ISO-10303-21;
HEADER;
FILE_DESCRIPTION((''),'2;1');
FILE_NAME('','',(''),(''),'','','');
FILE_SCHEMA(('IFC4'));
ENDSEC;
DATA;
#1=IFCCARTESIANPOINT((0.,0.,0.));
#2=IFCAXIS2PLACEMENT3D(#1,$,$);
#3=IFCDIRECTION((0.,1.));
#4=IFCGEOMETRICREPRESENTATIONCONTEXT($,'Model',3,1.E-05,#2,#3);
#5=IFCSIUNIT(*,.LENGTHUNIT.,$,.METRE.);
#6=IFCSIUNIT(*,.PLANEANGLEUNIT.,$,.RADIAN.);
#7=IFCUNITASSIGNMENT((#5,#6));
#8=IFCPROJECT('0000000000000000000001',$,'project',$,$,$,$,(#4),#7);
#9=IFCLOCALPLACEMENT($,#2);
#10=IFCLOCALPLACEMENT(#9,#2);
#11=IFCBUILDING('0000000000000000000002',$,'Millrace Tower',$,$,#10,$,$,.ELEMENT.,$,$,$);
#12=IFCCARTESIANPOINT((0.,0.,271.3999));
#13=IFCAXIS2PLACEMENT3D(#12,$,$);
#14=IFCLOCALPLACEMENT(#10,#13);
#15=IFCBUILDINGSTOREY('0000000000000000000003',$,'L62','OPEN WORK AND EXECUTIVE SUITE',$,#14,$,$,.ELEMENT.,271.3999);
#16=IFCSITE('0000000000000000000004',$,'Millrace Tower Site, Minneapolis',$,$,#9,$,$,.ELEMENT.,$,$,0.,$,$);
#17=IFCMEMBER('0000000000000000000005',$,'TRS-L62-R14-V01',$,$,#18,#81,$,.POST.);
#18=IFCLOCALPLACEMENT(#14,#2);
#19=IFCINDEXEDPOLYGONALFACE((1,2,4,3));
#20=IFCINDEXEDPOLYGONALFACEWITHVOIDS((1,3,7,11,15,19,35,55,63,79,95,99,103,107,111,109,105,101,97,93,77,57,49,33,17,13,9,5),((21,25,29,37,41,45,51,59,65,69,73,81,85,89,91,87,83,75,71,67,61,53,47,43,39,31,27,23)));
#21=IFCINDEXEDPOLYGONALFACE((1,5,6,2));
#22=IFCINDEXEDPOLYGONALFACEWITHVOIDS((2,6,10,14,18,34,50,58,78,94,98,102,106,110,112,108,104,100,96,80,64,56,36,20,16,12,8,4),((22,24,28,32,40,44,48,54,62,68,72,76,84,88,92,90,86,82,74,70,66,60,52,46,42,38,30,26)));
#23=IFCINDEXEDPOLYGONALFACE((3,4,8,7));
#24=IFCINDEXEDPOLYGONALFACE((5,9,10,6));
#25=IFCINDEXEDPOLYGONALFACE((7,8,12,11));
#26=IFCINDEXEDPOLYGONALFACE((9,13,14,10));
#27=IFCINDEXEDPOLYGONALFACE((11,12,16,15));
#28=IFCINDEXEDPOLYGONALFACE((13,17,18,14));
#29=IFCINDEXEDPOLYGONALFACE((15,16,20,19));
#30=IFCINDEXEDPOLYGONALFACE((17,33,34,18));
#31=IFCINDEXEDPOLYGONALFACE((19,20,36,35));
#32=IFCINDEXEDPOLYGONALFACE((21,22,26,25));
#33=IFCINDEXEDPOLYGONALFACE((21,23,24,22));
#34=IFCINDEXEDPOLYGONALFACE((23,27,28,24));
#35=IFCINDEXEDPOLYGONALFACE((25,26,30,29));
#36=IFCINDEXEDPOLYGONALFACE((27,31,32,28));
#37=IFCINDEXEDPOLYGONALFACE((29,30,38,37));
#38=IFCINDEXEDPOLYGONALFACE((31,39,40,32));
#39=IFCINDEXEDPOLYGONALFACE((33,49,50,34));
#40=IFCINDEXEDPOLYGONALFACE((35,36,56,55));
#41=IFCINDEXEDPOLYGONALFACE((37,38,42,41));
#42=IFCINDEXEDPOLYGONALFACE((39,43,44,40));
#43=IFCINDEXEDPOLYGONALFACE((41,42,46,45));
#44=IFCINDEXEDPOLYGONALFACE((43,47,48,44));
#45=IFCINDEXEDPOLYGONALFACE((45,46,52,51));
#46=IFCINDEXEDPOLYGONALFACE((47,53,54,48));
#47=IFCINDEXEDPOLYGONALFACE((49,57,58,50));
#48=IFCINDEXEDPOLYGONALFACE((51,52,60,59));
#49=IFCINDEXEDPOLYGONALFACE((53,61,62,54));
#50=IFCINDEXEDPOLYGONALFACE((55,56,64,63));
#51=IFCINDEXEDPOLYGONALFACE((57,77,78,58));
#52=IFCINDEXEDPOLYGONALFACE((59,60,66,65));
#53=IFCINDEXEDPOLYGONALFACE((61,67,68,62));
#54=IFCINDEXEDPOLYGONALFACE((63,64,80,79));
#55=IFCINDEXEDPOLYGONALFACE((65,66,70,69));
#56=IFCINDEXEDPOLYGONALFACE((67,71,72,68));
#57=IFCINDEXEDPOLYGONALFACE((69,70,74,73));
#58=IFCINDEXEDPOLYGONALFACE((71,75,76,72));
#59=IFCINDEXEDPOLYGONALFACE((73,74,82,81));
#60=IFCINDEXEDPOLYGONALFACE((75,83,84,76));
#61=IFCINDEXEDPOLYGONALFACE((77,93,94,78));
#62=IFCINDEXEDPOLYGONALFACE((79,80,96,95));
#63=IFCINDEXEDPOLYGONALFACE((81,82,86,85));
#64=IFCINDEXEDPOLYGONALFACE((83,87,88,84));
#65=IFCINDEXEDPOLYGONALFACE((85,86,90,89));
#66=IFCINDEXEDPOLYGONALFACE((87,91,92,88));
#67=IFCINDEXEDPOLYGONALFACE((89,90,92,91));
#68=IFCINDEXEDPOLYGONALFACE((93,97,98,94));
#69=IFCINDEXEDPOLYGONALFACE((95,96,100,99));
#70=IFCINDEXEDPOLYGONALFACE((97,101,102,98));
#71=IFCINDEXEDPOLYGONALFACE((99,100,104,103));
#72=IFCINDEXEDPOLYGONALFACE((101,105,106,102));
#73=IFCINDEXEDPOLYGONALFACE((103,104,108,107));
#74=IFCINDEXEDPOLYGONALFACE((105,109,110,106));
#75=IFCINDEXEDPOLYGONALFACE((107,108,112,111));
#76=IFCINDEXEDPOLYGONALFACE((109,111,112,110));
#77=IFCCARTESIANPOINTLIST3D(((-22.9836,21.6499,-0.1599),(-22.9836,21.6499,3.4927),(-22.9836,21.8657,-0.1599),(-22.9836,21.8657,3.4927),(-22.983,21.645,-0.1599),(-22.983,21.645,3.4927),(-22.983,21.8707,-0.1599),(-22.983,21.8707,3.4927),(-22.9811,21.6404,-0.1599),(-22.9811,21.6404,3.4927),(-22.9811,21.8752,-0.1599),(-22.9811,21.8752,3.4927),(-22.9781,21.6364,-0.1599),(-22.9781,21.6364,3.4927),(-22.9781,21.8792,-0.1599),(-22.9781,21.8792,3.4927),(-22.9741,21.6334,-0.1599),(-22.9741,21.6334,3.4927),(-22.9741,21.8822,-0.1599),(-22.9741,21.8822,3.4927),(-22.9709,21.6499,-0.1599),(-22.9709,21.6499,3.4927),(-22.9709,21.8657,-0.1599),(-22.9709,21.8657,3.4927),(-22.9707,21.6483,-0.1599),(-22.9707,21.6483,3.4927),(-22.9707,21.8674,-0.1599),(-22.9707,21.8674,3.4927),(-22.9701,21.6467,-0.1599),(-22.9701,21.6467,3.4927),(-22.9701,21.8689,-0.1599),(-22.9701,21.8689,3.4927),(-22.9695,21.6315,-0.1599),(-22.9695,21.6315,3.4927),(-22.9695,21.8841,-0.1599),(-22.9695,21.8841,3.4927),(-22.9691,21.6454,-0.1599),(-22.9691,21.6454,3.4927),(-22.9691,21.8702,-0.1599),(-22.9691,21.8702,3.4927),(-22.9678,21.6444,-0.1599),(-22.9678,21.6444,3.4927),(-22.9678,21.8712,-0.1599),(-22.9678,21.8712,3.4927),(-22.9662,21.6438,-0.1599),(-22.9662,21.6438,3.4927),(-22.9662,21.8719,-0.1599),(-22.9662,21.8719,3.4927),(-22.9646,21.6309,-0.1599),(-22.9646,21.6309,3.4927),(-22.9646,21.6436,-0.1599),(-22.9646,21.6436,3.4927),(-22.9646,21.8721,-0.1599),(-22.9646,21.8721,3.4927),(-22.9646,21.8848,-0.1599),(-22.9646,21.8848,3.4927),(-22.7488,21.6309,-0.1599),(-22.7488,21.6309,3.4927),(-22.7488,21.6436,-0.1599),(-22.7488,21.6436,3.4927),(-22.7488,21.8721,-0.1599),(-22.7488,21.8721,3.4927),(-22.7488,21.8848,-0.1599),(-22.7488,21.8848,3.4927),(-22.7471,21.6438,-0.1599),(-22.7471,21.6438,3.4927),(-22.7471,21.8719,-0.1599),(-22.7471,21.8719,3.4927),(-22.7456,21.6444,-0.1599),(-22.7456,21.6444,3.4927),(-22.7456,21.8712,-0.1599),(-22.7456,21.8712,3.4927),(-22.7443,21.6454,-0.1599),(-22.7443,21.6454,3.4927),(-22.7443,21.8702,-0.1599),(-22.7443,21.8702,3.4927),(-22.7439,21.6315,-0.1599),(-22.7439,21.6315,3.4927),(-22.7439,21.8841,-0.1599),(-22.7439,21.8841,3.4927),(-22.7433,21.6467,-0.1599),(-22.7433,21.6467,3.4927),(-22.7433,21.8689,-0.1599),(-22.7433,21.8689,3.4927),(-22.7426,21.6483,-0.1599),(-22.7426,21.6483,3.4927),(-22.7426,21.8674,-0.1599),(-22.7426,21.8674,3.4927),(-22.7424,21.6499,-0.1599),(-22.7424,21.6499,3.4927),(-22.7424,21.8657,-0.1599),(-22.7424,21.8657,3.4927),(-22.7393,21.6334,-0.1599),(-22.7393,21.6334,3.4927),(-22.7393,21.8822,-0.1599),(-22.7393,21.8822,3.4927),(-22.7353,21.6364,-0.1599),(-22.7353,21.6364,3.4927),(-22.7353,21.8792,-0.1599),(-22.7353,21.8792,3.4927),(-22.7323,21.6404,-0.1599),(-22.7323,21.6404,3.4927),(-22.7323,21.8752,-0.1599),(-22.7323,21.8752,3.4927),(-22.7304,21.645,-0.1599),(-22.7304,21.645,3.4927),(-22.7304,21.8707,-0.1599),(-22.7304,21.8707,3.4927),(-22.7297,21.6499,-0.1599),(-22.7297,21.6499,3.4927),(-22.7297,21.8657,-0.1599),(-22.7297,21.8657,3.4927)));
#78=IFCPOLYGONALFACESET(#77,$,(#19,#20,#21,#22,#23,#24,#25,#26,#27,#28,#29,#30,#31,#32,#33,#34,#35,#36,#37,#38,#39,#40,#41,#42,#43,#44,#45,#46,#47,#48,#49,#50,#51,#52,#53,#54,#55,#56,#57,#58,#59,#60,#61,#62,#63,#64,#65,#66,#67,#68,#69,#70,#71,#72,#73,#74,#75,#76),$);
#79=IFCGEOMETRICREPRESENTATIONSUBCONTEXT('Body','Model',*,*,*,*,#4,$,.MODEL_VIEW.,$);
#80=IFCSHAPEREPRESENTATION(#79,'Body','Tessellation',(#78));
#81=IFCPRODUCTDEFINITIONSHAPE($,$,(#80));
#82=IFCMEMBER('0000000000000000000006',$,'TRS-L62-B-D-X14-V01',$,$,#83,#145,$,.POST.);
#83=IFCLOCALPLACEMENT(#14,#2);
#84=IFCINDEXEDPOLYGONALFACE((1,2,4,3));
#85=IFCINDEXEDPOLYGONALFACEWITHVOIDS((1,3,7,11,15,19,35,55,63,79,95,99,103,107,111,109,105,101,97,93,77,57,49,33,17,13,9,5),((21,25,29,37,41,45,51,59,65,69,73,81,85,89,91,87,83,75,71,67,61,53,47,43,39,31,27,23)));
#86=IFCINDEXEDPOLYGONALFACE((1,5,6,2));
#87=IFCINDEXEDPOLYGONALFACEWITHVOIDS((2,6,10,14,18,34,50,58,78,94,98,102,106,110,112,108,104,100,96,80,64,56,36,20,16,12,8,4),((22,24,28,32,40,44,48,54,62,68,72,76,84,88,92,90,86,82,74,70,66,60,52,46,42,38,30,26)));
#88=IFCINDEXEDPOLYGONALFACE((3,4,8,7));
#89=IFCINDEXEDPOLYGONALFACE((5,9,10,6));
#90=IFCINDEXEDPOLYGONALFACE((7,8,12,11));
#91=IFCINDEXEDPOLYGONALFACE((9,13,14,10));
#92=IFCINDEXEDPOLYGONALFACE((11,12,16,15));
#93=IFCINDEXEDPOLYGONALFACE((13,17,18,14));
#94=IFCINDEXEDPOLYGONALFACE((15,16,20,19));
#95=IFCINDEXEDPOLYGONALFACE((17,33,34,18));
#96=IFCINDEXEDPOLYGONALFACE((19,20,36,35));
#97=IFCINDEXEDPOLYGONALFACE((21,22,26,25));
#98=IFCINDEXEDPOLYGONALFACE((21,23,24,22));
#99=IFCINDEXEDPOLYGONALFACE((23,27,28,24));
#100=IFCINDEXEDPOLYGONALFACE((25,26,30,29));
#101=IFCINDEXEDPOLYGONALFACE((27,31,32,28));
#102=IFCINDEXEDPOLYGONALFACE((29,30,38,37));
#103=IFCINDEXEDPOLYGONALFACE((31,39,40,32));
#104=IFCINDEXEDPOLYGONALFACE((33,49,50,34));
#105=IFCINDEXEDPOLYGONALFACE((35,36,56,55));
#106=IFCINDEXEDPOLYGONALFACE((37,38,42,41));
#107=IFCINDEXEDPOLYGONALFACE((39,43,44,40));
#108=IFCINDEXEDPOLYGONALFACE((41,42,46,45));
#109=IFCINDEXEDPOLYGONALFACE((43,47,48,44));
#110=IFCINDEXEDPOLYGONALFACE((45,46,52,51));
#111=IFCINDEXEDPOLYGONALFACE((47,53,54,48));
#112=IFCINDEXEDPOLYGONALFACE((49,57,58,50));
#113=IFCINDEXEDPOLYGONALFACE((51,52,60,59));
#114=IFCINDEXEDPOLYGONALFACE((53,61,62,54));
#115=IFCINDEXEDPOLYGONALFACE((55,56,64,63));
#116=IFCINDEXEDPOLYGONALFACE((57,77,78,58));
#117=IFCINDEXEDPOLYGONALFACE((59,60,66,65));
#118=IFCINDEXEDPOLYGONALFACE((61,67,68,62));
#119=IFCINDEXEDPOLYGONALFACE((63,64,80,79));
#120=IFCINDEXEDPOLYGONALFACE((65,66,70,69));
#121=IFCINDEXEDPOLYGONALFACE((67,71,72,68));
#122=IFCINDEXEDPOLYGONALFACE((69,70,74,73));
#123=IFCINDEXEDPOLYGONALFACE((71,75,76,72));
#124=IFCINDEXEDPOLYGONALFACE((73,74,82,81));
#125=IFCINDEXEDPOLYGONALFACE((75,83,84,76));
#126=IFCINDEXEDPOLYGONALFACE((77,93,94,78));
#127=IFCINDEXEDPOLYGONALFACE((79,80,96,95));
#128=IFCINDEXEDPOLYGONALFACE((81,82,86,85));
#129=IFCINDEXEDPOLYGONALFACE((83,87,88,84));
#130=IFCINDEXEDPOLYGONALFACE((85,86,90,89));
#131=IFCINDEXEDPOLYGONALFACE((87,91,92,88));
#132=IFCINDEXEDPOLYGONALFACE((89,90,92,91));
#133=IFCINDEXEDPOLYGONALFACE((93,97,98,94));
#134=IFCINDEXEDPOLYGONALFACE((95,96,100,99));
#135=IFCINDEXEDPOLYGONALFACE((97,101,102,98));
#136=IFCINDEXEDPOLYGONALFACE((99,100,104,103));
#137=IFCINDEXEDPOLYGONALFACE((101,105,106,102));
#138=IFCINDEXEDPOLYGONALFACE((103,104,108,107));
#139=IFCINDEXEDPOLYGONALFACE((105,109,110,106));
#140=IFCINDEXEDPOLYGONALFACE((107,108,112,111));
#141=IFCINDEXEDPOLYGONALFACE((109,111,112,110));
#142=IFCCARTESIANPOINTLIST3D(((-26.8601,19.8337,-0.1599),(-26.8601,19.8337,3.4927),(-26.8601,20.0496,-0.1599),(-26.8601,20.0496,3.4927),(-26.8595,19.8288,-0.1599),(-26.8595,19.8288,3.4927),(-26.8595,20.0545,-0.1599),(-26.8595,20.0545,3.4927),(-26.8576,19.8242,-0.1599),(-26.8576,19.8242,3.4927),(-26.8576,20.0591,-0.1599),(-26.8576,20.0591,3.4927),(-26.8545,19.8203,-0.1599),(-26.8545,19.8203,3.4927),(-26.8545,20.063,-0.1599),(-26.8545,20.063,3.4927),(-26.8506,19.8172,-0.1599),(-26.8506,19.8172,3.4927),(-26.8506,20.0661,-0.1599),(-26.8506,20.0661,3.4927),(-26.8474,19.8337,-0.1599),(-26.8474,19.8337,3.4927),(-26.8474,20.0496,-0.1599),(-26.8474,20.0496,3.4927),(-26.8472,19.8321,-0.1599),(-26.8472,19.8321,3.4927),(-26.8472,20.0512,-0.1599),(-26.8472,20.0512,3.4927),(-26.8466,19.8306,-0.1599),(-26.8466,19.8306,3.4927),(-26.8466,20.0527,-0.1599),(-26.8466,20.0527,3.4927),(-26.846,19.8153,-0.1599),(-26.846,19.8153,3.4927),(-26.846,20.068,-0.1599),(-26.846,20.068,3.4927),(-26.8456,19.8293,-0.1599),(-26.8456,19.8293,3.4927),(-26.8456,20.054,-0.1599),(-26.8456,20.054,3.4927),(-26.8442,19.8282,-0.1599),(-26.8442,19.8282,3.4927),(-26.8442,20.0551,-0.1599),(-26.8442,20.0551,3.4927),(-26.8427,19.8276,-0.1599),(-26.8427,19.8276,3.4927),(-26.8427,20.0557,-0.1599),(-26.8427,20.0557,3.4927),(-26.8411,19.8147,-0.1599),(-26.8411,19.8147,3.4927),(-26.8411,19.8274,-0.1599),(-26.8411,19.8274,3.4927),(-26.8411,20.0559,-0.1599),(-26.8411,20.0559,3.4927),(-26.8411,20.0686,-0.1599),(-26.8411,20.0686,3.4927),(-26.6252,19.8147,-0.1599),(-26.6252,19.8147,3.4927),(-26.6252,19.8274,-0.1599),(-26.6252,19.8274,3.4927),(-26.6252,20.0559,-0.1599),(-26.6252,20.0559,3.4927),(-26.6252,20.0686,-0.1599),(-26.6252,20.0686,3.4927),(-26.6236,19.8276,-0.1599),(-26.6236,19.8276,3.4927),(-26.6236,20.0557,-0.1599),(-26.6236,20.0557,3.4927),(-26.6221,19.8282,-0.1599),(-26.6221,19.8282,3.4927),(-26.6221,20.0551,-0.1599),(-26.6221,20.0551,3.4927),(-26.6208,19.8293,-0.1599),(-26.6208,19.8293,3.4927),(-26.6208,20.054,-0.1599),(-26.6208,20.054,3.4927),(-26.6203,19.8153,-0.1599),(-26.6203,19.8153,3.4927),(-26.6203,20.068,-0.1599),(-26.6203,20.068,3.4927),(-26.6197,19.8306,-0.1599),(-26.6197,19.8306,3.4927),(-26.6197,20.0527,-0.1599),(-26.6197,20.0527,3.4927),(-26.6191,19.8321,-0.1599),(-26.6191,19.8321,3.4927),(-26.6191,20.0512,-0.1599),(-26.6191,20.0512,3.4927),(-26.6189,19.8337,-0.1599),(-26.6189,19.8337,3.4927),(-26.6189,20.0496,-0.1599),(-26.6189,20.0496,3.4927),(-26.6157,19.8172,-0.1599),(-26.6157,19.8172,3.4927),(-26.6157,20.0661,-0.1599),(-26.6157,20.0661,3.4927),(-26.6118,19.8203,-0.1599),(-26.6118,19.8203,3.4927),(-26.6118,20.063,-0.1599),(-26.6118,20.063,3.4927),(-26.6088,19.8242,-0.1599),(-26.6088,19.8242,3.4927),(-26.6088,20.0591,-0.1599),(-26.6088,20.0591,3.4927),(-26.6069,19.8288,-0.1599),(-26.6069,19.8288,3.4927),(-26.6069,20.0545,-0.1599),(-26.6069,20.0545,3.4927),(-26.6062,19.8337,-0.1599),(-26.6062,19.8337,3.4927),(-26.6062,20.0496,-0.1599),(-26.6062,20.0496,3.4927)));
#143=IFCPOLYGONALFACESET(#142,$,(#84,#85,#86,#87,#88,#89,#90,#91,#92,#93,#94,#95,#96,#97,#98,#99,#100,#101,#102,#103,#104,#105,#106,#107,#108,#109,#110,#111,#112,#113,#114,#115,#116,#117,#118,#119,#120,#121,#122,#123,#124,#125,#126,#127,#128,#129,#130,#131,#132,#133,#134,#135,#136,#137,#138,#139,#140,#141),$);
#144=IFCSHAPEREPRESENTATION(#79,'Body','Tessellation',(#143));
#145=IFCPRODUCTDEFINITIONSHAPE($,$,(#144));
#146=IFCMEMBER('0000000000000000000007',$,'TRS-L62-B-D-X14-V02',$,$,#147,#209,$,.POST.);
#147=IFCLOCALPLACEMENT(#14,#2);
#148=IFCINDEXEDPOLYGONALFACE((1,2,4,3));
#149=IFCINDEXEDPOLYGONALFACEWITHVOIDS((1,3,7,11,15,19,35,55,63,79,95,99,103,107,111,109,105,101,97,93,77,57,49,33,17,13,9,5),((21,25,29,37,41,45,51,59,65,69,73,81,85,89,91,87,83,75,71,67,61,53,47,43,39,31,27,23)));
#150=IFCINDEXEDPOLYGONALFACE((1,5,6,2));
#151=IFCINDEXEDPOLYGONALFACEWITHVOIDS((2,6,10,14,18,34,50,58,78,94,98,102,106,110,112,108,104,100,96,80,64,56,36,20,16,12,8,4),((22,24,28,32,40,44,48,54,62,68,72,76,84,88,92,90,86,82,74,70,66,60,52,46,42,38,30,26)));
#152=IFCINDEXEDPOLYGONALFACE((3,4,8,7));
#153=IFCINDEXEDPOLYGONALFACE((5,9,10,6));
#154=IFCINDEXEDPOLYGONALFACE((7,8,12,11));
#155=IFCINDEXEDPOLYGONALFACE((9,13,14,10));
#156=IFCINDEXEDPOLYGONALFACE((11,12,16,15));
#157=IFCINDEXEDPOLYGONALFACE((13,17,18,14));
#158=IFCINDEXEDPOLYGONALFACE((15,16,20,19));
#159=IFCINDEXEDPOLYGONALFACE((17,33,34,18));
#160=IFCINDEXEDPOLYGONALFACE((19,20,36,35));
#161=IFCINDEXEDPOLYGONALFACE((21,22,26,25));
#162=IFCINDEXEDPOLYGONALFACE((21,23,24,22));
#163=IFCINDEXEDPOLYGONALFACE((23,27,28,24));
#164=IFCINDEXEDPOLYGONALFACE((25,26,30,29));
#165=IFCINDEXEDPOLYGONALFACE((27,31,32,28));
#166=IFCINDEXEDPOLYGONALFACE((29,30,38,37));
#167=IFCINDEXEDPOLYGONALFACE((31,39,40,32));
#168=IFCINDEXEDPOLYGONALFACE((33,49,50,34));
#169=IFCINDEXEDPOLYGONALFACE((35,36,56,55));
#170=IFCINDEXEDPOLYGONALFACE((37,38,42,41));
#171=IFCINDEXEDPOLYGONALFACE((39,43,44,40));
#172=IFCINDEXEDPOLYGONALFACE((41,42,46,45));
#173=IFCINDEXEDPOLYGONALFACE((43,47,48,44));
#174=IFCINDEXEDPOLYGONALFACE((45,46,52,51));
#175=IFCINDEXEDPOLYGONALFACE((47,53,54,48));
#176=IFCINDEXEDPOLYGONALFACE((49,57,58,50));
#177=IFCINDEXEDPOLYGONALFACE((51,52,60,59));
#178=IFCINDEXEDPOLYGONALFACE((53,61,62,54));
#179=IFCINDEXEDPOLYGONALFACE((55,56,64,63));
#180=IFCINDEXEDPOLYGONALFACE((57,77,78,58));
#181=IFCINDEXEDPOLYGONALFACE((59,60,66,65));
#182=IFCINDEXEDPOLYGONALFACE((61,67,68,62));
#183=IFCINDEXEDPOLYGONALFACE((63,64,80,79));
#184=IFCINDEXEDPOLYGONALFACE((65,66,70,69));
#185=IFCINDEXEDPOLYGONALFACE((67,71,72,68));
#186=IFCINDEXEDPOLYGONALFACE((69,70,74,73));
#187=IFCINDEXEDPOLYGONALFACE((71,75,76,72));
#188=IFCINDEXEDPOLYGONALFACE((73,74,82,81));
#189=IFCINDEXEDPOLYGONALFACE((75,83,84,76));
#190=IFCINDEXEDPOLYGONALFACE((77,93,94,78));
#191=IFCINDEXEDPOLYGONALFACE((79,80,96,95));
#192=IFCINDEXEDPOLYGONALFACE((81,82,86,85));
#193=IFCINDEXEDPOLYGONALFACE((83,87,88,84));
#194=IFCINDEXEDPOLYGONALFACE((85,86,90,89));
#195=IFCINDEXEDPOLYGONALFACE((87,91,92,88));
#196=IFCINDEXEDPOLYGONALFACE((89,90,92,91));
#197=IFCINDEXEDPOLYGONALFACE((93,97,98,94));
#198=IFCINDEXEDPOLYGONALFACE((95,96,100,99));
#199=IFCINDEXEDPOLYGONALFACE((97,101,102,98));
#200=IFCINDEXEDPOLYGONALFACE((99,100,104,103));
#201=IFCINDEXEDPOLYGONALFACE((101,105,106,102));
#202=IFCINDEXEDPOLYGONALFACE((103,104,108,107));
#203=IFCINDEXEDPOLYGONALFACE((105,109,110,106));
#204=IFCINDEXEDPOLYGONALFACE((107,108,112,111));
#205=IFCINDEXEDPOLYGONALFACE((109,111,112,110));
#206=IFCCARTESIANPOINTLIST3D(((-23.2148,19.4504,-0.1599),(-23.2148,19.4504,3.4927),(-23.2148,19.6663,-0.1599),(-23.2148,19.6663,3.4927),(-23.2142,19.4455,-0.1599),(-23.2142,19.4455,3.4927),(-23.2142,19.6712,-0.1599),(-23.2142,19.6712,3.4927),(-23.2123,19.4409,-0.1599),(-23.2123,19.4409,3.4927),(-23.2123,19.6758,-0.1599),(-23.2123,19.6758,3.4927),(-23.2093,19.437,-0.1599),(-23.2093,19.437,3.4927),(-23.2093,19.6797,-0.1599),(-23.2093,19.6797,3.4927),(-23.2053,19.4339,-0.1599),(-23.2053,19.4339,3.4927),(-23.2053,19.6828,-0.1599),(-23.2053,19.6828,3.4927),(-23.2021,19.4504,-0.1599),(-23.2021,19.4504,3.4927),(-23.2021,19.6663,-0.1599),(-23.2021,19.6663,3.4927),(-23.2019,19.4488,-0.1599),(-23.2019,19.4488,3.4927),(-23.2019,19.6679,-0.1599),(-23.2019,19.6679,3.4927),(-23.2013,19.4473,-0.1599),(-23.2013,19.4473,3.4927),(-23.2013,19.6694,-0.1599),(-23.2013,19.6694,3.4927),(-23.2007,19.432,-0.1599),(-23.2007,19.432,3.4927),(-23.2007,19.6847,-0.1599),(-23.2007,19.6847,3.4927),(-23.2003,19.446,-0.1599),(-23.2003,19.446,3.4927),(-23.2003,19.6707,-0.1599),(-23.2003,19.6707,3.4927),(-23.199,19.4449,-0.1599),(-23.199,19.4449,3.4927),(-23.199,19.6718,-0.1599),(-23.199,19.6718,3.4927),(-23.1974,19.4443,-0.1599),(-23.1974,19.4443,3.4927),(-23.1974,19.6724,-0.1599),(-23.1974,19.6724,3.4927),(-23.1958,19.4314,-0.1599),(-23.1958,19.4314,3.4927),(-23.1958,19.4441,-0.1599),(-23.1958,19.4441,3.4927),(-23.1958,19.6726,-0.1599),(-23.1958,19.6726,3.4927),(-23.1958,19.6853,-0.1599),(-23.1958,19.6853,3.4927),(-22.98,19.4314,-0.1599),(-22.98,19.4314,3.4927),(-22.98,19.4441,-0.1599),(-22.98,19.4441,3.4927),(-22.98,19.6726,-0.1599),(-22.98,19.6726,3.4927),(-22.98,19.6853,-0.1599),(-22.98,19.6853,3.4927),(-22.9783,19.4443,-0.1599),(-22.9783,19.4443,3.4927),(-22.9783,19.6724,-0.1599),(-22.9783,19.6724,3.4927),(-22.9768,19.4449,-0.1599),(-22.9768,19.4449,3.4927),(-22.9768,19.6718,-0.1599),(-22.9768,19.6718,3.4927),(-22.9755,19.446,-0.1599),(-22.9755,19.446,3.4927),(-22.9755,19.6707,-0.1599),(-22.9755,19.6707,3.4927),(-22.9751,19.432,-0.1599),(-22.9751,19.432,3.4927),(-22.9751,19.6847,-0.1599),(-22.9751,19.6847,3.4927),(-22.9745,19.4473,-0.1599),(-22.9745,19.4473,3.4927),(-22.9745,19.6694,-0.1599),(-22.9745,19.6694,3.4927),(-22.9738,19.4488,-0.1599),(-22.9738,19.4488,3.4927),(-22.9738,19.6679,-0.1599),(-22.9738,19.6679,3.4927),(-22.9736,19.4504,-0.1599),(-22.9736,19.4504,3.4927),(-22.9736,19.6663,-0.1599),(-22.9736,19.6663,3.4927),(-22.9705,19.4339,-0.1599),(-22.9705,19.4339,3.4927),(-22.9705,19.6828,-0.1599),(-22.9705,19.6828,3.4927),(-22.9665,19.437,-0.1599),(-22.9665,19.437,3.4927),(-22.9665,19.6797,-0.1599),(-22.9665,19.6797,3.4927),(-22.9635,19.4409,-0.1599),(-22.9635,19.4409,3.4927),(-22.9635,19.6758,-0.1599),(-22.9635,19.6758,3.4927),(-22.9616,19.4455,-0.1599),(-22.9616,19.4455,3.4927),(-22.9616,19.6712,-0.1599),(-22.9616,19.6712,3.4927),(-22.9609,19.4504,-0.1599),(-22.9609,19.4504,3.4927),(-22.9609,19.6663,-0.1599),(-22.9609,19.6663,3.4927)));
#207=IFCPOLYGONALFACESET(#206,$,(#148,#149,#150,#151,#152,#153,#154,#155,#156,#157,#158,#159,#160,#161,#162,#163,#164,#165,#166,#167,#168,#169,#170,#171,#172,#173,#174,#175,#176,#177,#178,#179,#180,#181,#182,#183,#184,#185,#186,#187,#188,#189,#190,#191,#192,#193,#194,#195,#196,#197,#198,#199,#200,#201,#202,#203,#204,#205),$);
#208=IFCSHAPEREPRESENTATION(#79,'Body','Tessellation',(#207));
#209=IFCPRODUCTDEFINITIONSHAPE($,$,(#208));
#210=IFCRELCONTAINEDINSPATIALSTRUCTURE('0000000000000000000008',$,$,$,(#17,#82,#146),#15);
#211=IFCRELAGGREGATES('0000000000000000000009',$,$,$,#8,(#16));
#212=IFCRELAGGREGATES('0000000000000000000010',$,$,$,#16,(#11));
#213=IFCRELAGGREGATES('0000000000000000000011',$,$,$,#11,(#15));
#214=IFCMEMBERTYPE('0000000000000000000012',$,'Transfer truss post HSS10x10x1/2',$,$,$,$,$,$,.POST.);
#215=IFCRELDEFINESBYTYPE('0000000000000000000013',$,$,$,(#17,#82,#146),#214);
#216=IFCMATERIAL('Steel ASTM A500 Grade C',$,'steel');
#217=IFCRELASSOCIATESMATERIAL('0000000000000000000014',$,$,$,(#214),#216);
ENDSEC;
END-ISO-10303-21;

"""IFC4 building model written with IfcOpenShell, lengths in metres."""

from ifc_helpers import new_model, si_unit, direction, frame, origin, origin_2d, place, context, subcontext, project, spatial, hollow_rectangle, extrude, material, material_profile, profile_set, type_object, element, save


model = new_model("IFC4")

# Units and contexts
model_context = context("Model", 3, precision=1e-05, world=origin(), true_north=direction((0.0, 1.0)))
body_context = subcontext(model_context, "Body", "Model", "MODEL_VIEW")
ifc_project = project(units=[si_unit("LENGTHUNIT", "METRE"), si_unit("PLANEANGLEUNIT", "RADIAN")], contexts=[model_context])

# Site, building, storey
site_placement = place(None, origin())
site = spatial("IfcSite", under=ifc_project, at=site_placement, Name="Millrace Tower Site, Minneapolis", CompositionType="ELEMENT", RefElevation=0.0)
building_placement = place(site_placement, origin())
building = spatial("IfcBuilding", under=site, at=building_placement, Name="Millrace Tower", CompositionType="ELEMENT")
storey_placement = place(building_placement, frame((0.0, 0.0, 271.3999)))
storey = spatial("IfcBuildingStorey", under=building, at=storey_placement, Name="L62", Description="OPEN WORK AND EXECUTIVE SUITE", CompositionType="ELEMENT", Elevation=271.3999)

# Members
ifc_material_1 = material(Name="Steel ASTM A500 Grade C", Category="steel")
ifc_material_profile_1 = material_profile(ifc_material_1, hollow_rectangle(XDim=0.2539, YDim=0.2539, WallThickness=0.0127, InnerFilletRadius=0.0063, OuterFilletRadius=0.019, at=origin_2d()))
ifc_profile_set_1 = profile_set([ifc_material_profile_1], Name="Steel ASTM A500 Grade C")
member_type_1 = type_object("IfcMemberType", Name="Transfer truss post HSS10x10x1/2", PredefinedType="POST", material=ifc_profile_set_1)
for number, where, z_axis, x_axis, name in (
    (1, (-22.8567, 21.7578, -0.1599), (0.0, 0.0, 1.0), (1.0, 0.0, 0.0), "TRS-L62-R14-V01"),
    (2, (-26.7332, 19.9417, -0.1599), (0.0, 0.0, 1.0), (1.0, 0.0, 0.0), "TRS-L62-B-D-X14-V01"),
    (3, (-23.0879, 19.5583, -0.1599), (0.0, 0.0, 1.0), (1.0, 0.0, 0.0), "TRS-L62-B-D-X14-V02"),
):
    element("IfcMember", number, at=place(storey_placement, frame(where, z_axis=z_axis, x_axis=x_axis)), inside=storey, type_object=member_type_1, Name=name, PredefinedType="POST", context=body_context, shape_type="SweptSolid", body=[
        extrude(hollow_rectangle(XDim=0.2539, YDim=0.2539, WallThickness=0.0127, InnerFilletRadius=0.0063, OuterFilletRadius=0.019, at=origin_2d()), origin(), (0.0, 0.0, 1.0), 3.6526),
    ])

save(model, "model.ifc")
